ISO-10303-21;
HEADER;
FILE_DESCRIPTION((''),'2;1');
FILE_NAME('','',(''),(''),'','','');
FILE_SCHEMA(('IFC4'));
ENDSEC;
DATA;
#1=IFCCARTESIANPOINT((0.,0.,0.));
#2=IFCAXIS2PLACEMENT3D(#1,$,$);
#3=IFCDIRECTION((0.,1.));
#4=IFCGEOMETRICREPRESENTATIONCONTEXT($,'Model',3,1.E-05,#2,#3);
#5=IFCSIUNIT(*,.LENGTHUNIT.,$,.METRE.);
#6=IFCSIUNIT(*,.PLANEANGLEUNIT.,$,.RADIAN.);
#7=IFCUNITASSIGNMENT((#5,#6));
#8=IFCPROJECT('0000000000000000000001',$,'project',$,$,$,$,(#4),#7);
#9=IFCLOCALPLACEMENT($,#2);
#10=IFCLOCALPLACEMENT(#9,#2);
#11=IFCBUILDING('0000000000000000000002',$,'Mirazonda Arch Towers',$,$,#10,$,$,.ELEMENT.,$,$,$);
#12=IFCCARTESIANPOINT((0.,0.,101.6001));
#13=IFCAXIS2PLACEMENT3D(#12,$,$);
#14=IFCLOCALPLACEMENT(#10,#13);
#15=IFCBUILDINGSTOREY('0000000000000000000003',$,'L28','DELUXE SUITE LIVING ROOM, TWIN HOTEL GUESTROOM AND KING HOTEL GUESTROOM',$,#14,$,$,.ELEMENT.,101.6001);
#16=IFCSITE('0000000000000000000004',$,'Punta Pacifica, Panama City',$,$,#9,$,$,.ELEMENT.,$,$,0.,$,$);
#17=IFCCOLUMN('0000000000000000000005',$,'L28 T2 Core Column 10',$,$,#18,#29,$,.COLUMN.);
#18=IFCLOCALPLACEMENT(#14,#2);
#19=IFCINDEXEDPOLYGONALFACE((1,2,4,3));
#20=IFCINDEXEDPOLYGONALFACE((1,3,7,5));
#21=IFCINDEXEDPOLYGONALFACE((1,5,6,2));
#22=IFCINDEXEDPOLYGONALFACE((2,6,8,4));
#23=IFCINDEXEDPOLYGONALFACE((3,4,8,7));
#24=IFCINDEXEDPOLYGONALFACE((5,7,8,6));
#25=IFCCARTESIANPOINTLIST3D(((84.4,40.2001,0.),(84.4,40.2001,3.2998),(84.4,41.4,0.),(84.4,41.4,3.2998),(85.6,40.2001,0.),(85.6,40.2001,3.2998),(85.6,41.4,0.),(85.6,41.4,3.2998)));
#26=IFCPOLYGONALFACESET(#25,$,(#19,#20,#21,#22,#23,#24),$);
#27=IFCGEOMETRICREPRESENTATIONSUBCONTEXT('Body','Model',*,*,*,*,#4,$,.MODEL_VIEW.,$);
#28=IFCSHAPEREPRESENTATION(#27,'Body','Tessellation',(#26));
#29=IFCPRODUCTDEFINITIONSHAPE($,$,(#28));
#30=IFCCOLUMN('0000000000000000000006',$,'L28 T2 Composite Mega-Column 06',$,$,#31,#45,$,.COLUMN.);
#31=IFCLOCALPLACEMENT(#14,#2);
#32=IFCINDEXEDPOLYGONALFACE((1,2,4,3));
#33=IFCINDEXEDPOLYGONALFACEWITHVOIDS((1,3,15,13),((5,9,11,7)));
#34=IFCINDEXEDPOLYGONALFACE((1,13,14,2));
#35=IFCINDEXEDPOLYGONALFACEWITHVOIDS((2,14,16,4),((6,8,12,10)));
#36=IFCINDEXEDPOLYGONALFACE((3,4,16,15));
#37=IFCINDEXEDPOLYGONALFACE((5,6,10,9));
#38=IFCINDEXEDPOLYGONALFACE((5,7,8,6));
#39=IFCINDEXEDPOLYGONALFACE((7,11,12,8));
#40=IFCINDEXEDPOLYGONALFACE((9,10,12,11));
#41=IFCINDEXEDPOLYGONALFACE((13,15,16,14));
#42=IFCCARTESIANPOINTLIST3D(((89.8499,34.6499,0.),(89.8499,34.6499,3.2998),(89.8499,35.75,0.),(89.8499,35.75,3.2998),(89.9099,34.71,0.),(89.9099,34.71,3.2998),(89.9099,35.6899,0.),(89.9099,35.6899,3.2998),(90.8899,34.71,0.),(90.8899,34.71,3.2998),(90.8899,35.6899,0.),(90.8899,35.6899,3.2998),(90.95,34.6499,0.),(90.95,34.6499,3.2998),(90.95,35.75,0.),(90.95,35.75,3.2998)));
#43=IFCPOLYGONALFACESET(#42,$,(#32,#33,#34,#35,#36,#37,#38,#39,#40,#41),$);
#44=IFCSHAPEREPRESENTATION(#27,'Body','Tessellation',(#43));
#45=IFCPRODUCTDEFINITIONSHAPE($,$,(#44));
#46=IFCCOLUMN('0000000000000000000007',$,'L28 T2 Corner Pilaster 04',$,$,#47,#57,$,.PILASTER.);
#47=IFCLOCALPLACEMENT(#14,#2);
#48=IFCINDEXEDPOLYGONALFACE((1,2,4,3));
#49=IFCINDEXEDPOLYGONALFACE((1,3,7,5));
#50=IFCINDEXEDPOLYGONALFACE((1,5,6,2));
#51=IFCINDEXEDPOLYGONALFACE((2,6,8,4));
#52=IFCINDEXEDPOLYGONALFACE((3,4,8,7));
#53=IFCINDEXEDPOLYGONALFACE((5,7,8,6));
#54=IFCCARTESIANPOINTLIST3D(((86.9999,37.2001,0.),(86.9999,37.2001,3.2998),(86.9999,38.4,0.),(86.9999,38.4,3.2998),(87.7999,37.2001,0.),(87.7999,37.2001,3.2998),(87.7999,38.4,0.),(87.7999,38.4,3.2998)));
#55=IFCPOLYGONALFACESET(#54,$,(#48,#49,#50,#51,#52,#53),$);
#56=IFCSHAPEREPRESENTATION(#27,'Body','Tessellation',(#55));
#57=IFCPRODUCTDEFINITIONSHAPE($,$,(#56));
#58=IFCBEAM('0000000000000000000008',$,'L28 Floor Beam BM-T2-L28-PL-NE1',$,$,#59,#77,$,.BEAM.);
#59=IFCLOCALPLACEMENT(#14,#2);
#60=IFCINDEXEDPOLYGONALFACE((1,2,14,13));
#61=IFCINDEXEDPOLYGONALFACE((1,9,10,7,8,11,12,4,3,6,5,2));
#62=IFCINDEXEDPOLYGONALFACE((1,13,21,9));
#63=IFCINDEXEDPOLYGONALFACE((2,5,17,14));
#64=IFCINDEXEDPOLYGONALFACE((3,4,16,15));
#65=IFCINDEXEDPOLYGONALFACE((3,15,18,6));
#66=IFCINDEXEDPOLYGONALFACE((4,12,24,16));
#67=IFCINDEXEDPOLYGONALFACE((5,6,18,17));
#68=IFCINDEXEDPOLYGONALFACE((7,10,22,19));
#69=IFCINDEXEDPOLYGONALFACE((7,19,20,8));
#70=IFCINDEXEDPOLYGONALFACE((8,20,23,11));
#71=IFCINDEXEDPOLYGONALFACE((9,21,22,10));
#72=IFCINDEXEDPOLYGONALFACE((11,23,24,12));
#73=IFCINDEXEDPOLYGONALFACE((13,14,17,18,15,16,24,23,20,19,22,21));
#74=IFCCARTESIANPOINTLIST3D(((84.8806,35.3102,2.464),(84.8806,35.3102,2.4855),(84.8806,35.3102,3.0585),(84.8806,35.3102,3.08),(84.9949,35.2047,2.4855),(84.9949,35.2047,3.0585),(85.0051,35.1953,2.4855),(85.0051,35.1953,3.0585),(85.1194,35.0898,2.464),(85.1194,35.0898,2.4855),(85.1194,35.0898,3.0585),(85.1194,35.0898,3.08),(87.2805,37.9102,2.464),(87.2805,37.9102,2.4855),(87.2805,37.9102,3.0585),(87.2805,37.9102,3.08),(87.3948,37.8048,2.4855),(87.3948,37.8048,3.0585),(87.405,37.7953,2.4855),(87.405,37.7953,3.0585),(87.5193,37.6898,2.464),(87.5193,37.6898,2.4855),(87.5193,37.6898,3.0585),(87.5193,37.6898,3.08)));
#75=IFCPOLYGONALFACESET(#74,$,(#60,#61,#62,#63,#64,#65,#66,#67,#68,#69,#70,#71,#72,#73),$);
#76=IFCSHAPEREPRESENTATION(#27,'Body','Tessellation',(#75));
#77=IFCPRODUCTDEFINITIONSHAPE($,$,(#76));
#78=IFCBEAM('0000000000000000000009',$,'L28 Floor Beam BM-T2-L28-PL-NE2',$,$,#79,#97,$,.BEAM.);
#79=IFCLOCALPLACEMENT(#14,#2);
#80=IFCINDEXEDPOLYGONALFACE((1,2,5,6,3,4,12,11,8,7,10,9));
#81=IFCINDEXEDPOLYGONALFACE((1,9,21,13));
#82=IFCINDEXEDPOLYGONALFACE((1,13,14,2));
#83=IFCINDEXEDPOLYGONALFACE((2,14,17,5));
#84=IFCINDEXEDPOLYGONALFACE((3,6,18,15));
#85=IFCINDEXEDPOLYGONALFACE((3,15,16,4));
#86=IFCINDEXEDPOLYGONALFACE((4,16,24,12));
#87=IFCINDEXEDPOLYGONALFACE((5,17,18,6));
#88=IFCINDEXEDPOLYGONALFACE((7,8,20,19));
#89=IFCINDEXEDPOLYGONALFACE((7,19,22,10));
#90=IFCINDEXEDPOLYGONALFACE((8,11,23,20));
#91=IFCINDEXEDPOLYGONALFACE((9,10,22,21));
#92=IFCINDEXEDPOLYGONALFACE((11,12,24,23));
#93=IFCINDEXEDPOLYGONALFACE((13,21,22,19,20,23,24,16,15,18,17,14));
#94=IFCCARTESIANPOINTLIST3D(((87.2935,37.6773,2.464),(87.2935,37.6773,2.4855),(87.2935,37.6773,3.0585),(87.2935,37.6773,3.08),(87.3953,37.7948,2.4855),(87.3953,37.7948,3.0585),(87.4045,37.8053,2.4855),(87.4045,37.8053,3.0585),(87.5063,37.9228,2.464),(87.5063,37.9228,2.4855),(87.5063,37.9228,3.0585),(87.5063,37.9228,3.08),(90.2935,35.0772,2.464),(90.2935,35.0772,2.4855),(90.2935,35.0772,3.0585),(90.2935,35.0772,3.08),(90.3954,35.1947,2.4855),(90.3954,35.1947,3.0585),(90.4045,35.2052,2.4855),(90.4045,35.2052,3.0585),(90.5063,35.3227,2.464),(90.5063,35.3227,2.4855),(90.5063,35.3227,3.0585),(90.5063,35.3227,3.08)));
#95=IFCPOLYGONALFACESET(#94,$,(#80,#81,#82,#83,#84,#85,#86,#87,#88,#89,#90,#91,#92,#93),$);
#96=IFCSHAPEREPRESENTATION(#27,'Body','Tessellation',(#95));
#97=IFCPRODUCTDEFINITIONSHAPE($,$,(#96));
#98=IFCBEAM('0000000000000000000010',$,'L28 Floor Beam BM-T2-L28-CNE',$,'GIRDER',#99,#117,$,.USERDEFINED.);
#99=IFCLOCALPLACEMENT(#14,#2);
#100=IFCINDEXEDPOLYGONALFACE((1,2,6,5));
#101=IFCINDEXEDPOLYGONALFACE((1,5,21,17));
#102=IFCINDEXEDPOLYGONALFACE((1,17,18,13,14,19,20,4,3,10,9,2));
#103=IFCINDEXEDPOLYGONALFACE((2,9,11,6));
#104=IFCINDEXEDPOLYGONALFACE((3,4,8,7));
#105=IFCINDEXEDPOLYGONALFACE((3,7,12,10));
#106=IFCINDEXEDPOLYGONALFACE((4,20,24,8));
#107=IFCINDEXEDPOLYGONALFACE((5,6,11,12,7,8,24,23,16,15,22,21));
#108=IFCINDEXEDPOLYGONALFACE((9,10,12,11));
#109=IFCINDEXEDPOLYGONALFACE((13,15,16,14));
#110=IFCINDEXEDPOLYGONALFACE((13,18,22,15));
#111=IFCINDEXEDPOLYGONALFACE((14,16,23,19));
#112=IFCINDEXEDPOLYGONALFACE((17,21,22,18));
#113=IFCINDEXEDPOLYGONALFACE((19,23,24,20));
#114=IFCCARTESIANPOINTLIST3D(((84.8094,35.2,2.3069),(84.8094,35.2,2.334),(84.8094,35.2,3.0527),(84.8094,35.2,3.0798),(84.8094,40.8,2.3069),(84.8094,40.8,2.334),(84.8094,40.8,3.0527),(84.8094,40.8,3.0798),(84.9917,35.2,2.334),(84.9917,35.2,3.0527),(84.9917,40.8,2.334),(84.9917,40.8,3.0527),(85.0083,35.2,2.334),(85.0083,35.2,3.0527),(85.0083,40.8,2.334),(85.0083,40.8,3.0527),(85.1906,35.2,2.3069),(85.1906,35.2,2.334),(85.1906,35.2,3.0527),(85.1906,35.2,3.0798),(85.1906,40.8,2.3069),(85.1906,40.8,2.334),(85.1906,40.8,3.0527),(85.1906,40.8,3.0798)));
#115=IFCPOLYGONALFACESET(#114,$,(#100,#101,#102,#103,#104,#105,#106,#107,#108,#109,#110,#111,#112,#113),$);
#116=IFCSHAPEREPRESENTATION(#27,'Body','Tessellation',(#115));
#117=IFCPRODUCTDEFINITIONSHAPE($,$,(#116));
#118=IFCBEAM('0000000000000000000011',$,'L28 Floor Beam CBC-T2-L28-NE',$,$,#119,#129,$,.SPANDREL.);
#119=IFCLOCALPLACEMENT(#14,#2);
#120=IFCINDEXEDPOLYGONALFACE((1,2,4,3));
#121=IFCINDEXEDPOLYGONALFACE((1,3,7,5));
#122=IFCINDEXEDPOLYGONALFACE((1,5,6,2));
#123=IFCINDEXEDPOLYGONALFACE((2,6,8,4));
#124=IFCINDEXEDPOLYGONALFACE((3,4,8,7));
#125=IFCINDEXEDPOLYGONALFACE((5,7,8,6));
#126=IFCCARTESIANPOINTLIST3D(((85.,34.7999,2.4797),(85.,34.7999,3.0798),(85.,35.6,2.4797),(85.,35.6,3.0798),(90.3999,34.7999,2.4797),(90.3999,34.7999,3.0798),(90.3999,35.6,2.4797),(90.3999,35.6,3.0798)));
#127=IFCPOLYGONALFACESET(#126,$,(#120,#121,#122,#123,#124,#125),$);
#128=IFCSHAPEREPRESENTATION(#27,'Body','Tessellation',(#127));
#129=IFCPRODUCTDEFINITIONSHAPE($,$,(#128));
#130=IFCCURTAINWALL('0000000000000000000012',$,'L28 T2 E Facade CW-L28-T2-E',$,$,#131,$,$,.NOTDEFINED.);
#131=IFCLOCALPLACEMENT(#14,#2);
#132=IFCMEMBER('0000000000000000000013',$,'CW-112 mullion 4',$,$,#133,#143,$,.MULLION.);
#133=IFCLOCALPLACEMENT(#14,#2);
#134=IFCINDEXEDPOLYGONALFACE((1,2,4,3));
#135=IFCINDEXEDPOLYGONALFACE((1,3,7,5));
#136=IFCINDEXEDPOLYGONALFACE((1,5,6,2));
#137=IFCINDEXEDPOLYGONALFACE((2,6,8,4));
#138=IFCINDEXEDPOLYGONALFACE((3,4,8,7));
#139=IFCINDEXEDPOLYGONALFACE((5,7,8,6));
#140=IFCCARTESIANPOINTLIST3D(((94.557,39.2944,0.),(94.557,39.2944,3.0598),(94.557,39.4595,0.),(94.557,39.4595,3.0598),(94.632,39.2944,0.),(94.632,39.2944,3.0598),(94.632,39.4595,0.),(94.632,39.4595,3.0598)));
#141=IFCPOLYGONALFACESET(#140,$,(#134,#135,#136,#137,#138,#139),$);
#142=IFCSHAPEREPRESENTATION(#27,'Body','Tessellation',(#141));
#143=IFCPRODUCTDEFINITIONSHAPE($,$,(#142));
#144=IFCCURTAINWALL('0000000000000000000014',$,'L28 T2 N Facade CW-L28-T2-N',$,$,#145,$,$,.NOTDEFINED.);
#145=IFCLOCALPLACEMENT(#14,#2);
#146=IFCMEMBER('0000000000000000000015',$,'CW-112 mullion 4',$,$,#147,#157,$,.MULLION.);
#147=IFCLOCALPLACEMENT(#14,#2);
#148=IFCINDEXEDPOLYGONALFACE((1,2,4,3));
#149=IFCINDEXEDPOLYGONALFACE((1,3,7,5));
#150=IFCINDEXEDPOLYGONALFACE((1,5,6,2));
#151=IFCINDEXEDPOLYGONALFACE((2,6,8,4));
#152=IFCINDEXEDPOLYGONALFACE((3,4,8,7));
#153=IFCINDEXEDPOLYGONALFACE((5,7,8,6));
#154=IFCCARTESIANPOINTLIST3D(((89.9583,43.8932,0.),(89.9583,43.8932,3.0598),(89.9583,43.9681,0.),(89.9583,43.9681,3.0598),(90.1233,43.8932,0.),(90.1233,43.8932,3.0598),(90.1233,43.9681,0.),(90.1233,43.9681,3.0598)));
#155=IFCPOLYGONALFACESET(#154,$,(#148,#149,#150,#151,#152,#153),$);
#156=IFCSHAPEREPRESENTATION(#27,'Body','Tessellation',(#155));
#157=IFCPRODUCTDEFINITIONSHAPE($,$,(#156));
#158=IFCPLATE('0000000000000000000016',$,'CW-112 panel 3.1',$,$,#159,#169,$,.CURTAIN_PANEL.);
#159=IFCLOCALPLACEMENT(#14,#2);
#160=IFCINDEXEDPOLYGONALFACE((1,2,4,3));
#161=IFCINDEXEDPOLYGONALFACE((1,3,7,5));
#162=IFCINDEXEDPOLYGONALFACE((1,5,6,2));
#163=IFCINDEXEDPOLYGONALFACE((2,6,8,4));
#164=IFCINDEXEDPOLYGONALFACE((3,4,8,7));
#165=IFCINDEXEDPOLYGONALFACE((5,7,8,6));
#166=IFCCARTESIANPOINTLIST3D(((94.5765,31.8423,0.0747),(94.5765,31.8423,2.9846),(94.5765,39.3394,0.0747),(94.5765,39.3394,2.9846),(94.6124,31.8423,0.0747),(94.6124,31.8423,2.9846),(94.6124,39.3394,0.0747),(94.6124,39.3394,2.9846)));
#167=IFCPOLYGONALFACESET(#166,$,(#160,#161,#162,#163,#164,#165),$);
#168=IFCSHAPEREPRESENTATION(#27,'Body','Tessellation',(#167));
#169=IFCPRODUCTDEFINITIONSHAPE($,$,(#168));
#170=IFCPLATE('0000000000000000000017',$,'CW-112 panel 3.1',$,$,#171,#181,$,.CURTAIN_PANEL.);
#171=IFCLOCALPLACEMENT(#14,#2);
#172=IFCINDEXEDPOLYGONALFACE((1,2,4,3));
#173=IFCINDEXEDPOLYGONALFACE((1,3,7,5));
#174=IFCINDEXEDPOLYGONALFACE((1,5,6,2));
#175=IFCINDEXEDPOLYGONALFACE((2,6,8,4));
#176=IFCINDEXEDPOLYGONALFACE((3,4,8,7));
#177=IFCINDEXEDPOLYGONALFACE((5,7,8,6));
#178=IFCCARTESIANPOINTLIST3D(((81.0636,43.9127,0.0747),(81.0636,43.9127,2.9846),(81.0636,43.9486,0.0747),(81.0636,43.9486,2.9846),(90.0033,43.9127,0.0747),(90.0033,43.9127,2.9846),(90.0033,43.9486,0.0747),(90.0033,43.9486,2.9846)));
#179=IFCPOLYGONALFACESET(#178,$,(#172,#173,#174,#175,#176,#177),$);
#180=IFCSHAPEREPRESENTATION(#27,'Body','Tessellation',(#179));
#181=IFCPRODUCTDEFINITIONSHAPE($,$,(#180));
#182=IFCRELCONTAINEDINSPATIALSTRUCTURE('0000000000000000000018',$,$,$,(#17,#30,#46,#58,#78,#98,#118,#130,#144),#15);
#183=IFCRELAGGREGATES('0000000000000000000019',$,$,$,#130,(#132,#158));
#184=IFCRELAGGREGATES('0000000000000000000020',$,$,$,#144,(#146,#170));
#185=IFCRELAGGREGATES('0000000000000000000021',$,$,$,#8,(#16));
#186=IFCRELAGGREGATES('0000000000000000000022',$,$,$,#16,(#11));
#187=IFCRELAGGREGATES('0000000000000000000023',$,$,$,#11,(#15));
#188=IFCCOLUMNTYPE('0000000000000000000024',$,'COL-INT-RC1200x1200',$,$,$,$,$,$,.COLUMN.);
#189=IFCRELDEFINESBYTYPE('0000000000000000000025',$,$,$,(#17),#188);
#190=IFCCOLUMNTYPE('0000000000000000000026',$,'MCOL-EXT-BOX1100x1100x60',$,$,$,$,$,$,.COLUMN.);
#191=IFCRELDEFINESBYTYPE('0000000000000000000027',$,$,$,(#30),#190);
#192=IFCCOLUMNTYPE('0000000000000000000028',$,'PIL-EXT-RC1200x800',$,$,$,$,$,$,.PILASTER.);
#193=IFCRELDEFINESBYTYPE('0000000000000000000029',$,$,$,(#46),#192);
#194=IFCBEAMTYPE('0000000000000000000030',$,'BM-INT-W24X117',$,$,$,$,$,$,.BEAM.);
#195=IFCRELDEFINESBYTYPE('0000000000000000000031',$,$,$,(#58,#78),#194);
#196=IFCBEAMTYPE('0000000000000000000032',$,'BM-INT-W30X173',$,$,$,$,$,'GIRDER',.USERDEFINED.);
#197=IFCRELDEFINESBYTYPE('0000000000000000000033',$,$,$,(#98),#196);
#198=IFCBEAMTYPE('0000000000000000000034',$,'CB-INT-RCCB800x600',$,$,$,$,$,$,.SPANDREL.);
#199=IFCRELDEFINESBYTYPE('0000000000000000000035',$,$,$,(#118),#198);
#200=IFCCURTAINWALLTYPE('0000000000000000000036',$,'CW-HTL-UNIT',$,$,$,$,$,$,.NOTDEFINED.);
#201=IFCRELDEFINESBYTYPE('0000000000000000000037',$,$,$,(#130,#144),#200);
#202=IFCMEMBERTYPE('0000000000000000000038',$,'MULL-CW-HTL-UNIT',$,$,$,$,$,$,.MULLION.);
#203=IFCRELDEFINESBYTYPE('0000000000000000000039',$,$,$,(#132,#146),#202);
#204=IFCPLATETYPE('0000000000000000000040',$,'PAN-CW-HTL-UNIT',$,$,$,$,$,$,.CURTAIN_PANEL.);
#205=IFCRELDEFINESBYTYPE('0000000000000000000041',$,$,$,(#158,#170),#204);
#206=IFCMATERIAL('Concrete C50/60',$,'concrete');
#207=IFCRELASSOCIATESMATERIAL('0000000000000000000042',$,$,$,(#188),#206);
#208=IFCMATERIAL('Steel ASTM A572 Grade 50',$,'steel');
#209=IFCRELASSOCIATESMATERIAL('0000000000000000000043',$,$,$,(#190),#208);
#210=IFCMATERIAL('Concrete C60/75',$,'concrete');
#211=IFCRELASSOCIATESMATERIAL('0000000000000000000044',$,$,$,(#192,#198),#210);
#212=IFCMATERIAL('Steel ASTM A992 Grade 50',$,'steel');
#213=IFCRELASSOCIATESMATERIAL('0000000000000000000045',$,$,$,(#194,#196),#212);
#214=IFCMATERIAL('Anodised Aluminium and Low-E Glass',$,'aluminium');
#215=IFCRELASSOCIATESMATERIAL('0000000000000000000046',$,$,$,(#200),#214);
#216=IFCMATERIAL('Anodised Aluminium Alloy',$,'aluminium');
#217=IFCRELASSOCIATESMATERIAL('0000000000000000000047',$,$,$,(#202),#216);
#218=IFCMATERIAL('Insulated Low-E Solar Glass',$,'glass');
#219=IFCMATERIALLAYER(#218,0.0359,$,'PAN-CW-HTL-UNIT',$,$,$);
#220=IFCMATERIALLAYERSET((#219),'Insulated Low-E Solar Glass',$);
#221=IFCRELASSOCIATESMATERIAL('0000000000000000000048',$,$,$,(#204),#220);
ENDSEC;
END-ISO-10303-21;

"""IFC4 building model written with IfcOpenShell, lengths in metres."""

from ifc_helpers import new_model, si_unit, direction, frame, origin, origin_2d, place, context, subcontext, project, spatial, rectangle, hollow_rectangle, i_section, extrude, material, layer, layer_set, material_profile, profile_set, type_object, element, aggregate, save


model = new_model("IFC4")

# Units and contexts
model_context = context("Model", 3, precision=1e-05, world=origin(), true_north=direction((0.0, 1.0)))
body_context = subcontext(model_context, "Body", "Model", "MODEL_VIEW")
ifc_project = project(units=[si_unit("LENGTHUNIT", "METRE"), si_unit("PLANEANGLEUNIT", "RADIAN")], contexts=[model_context])

# Site, building, storey
site_placement = place(None, origin())
site = spatial("IfcSite", under=ifc_project, at=site_placement, Name="Punta Pacifica, Panama City", CompositionType="ELEMENT", RefElevation=0.0)
building_placement = place(site_placement, origin())
building = spatial("IfcBuilding", under=site, at=building_placement, Name="Mirazonda Arch Towers", CompositionType="ELEMENT")
storey_placement = place(building_placement, frame((0.0, 0.0, 101.6001)))
storey = spatial("IfcBuildingStorey", under=building, at=storey_placement, Name="L28", Description="DELUXE SUITE LIVING ROOM, TWIN HOTEL GUESTROOM AND KING HOTEL GUESTROOM", CompositionType="ELEMENT", Elevation=101.6001)

# Columns
ifc_material_1 = material(Name="Concrete C50/60", Category="concrete")
ifc_material_profile_1 = material_profile(ifc_material_1, rectangle(XDim=1.2, YDim=1.2, at=origin_2d()), Name="RC1200x1200")
ifc_profile_set_1 = profile_set([ifc_material_profile_1], Name="Concrete C50/60")
column_type_1 = type_object("IfcColumnType", Name="COL-INT-RC1200x1200", PredefinedType="COLUMN", material=ifc_profile_set_1)
column_1_placement = place(storey_placement, frame((85.0, 40.8, 0.0), z_axis=(0.0, 0.0, 1.0), x_axis=(1.0, 0.0, 0.0)))
element("IfcColumn", 1, at=column_1_placement, inside=storey, type_object=column_type_1, Name="L28 T2 Core Column 10", PredefinedType="COLUMN", context=body_context, shape_type="SweptSolid", body=[
    extrude(rectangle(XDim=1.2, YDim=1.2, at=origin_2d()), origin(), (0.0, 0.0, 1.0), 3.2998),
])
ifc_material_2 = material(Name="Steel ASTM A572 Grade 50", Category="steel")
ifc_material_profile_2 = material_profile(ifc_material_2, hollow_rectangle(XDim=1.1001, YDim=1.1001, WallThickness=0.0601, at=origin_2d()), Name="BOX1100x1100x60")
ifc_profile_set_2 = profile_set([ifc_material_profile_2], Name="Steel ASTM A572 Grade 50")
column_type_2 = type_object("IfcColumnType", Name="MCOL-EXT-BOX1100x1100x60", PredefinedType="COLUMN", material=ifc_profile_set_2)
column_2_placement = place(storey_placement, frame((90.3999, 35.2, 0.0), z_axis=(0.0, 0.0, 1.0), x_axis=(1.0, 0.0, 0.0)))
element("IfcColumn", 2, at=column_2_placement, inside=storey, type_object=column_type_2, Name="L28 T2 Composite Mega-Column 06", PredefinedType="COLUMN", context=body_context, shape_type="SweptSolid", body=[
    extrude(hollow_rectangle(XDim=1.1001, YDim=1.1001, WallThickness=0.0601, at=origin_2d()), origin(), (0.0, 0.0, 1.0), 3.2998),
])
ifc_material_3 = material(Name="Concrete C60/75", Category="concrete")
ifc_material_profile_3 = material_profile(ifc_material_3, rectangle(XDim=0.8, YDim=1.2, at=origin_2d()), Name="RC1200x800")
ifc_profile_set_3 = profile_set([ifc_material_profile_3], Name="Concrete C60/75")
column_type_3 = type_object("IfcColumnType", Name="PIL-EXT-RC1200x800", PredefinedType="PILASTER", material=ifc_profile_set_3)
column_3_placement = place(storey_placement, frame((87.3999, 37.8, 0.0), z_axis=(0.0, 0.0, 1.0), x_axis=(1.0, 0.0, 0.0)))
element("IfcColumn", 3, at=column_3_placement, inside=storey, type_object=column_type_3, Name="L28 T2 Corner Pilaster 04", PredefinedType="PILASTER", context=body_context, shape_type="SweptSolid", body=[
    extrude(rectangle(XDim=0.8, YDim=1.2, at=origin_2d()), origin(), (0.0, 0.0, 1.0), 3.2998),
])

# Beams
ifc_material_4 = material(Name="Steel ASTM A992 Grade 50", Category="steel")
ifc_material_profile_4 = material_profile(ifc_material_4, i_section(OverallWidth=0.325, OverallDepth=0.616, WebThickness=0.0139, FlangeThickness=0.0215, at=origin_2d()), Name="W24X117")
ifc_profile_set_4 = profile_set([ifc_material_profile_4], Name="Steel ASTM A992 Grade 50")
beam_type_1 = type_object("IfcBeamType", Name="BM-INT-W24X117", PredefinedType="BEAM", material=ifc_profile_set_4)
beam_1_placement = place(storey_placement, frame((87.3999, 37.8, 2.772), z_axis=(-0.678251, -0.73483, 0.0), x_axis=(0.73483, -0.678251, 0.0)))
element("IfcBeam", 4, at=beam_1_placement, inside=storey, type_object=beam_type_1, Name="L28 Floor Beam BM-T2-L28-PL-NE1", PredefinedType="BEAM", context=body_context, shape_type="SweptSolid", body=[
    extrude(i_section(OverallWidth=0.325, OverallDepth=0.616, WebThickness=0.0139, FlangeThickness=0.0215, at=origin_2d()), origin(), (0.0, 0.0, 1.0), 3.5383),
])
beam_2_placement = place(storey_placement, frame((87.3999, 37.8, 2.772), z_axis=(0.755677, -0.654945, 0.0), x_axis=(0.654945, 0.755677, 0.0)))
element("IfcBeam", 5, at=beam_2_placement, inside=storey, type_object=beam_type_1, Name="L28 Floor Beam BM-T2-L28-PL-NE2", PredefinedType="BEAM", context=body_context, shape_type="SweptSolid", body=[
    extrude(i_section(OverallWidth=0.325, OverallDepth=0.616, WebThickness=0.0139, FlangeThickness=0.0215, at=origin_2d()), origin(), (0.0, 0.0, 1.0), 3.97),
])
ifc_material_profile_5 = material_profile(ifc_material_4, i_section(OverallWidth=0.3811, OverallDepth=0.7729, WebThickness=0.0166, FlangeThickness=0.0271, at=origin_2d()), Name="W30X173")
ifc_profile_set_5 = profile_set([ifc_material_profile_5], Name="Steel ASTM A992 Grade 50")
beam_type_2 = type_object("IfcBeamType", Name="BM-INT-W30X173", ElementType="GIRDER", PredefinedType="USERDEFINED", material=ifc_profile_set_5)
beam_3_placement = place(storey_placement, frame((85.0, 35.2, 2.6934), z_axis=(0.0, 1.0, 0.0), x_axis=(-1.0, 0.0, 0.0)))
element("IfcBeam", 6, at=beam_3_placement, inside=storey, type_object=beam_type_2, Name="L28 Floor Beam BM-T2-L28-CNE", ObjectType="GIRDER", PredefinedType="USERDEFINED", context=body_context, shape_type="SweptSolid", body=[
    extrude(i_section(OverallWidth=0.3811, OverallDepth=0.7729, WebThickness=0.0166, FlangeThickness=0.0271, at=origin_2d()), origin(), (0.0, 0.0, 1.0), 5.6001),
])
ifc_material_profile_6 = material_profile(ifc_material_3, rectangle(XDim=0.8, YDim=0.6001, at=origin_2d()), Name="RCCB800x600")
ifc_profile_set_6 = profile_set([ifc_material_profile_6], Name="Concrete C60/75")
beam_type_3 = type_object("IfcBeamType", Name="CB-INT-RCCB800x600", PredefinedType="SPANDREL", material=ifc_profile_set_6)
beam_4_placement = place(storey_placement, frame((85.0, 35.2, 2.7798), z_axis=(1.0, 0.0, 0.0), x_axis=(0.0, 1.0, 0.0)))
element("IfcBeam", 7, at=beam_4_placement, inside=storey, type_object=beam_type_3, Name="L28 Floor Beam CBC-T2-L28-NE", PredefinedType="SPANDREL", context=body_context, shape_type="SweptSolid", body=[
    extrude(rectangle(XDim=0.8, YDim=0.6001, at=origin_2d()), origin(), (0.0, 0.0, 1.0), 5.3999),
])

# Curtain walls, members
ifc_material_5 = material(Name="Anodised Aluminium and Low-E Glass", Category="aluminium")
curtain_wall_type = type_object("IfcCurtainWallType", Name="CW-HTL-UNIT", PredefinedType="NOTDEFINED", material=ifc_material_5)
curtain_wall_1_placement = place(storey_placement, origin())
curtain_wall_1 = element("IfcCurtainWall", 8, at=curtain_wall_1_placement, inside=storey, type_object=curtain_wall_type, Name="L28 T2 E Facade CW-L28-T2-E", PredefinedType="NOTDEFINED")
ifc_material_6 = material(Name="Anodised Aluminium Alloy", Category="aluminium")
ifc_material_profile_7 = material_profile(ifc_material_6, rectangle(XDim=0.075, YDim=0.165, at=origin_2d()), Name="ALU-MULL-75x165")
ifc_profile_set_7 = profile_set([ifc_material_profile_7], Name="Anodised Aluminium Alloy")
member_type = type_object("IfcMemberType", Name="MULL-CW-HTL-UNIT", PredefinedType="MULLION", material=ifc_profile_set_7)
member_1_placement = place(storey_placement, frame((94.5945, 39.377, 0.0), z_axis=(0.0, 0.0, 1.0), x_axis=(-1.0, 0.0, 0.0)))
member_1 = element("IfcMember", 9, at=member_1_placement, type_object=member_type, Name="CW-112 mullion 4", PredefinedType="MULLION", context=body_context, shape_type="SweptSolid", body=[
    extrude(rectangle(XDim=0.075, YDim=0.165, at=origin_2d()), origin(), (0.0, 0.0, 1.0), 3.0598),
])
curtain_wall_2_placement = place(storey_placement, origin())
curtain_wall_2 = element("IfcCurtainWall", 10, at=curtain_wall_2_placement, inside=storey, type_object=curtain_wall_type, Name="L28 T2 N Facade CW-L28-T2-N", PredefinedType="NOTDEFINED")
member_2_placement = place(storey_placement, frame((90.0408, 43.9307, 0.0), z_axis=(0.0, 0.0, 1.0), x_axis=(0.0, 1.0, 0.0)))
member_2 = element("IfcMember", 11, at=member_2_placement, type_object=member_type, Name="CW-112 mullion 4", PredefinedType="MULLION", context=body_context, shape_type="SweptSolid", body=[
    extrude(rectangle(XDim=0.075, YDim=0.165, at=origin_2d()), origin(), (0.0, 0.0, 1.0), 3.0598),
])

# Plates
ifc_material_7 = material(Name="Insulated Low-E Solar Glass", Category="glass")
ifc_layer_1 = layer(ifc_material_7, 0.0359, Name="PAN-CW-HTL-UNIT")
ifc_layer_set_1 = layer_set([ifc_layer_1], Name="Insulated Low-E Solar Glass")
plate_type = type_object("IfcPlateType", Name="PAN-CW-HTL-UNIT", PredefinedType="CURTAIN_PANEL", material=ifc_layer_set_1)
plate_1_placement = place(storey_placement, frame((94.5945, 35.5908, 0.0747), z_axis=(0.0, 0.0, 1.0), x_axis=(0.0, 1.0, 0.0)))
plate_1 = element("IfcPlate", 12, at=plate_1_placement, type_object=plate_type, Name="CW-112 panel 3.1", PredefinedType="CURTAIN_PANEL", context=body_context, shape_type="SweptSolid", body=[
    extrude(rectangle(XDim=7.4971, YDim=0.0359, at=origin_2d()), origin(), (0.0, 0.0, 1.0), 2.9099),
])
aggregate(curtain_wall_1, [member_1, plate_1])
plate_2_placement = place(storey_placement, frame((85.5334, 43.9307, 0.0747), z_axis=(0.0, 0.0, 1.0), x_axis=(1.0, 0.0, 0.0)))
plate_2 = element("IfcPlate", 13, at=plate_2_placement, type_object=plate_type, Name="CW-112 panel 3.1", PredefinedType="CURTAIN_PANEL", context=body_context, shape_type="SweptSolid", body=[
    extrude(rectangle(XDim=8.9397, YDim=0.0359, at=origin_2d()), origin(), (0.0, 0.0, 1.0), 2.9099),
])
aggregate(curtain_wall_2, [member_2, plate_2])

save(model, "model.ifc")
